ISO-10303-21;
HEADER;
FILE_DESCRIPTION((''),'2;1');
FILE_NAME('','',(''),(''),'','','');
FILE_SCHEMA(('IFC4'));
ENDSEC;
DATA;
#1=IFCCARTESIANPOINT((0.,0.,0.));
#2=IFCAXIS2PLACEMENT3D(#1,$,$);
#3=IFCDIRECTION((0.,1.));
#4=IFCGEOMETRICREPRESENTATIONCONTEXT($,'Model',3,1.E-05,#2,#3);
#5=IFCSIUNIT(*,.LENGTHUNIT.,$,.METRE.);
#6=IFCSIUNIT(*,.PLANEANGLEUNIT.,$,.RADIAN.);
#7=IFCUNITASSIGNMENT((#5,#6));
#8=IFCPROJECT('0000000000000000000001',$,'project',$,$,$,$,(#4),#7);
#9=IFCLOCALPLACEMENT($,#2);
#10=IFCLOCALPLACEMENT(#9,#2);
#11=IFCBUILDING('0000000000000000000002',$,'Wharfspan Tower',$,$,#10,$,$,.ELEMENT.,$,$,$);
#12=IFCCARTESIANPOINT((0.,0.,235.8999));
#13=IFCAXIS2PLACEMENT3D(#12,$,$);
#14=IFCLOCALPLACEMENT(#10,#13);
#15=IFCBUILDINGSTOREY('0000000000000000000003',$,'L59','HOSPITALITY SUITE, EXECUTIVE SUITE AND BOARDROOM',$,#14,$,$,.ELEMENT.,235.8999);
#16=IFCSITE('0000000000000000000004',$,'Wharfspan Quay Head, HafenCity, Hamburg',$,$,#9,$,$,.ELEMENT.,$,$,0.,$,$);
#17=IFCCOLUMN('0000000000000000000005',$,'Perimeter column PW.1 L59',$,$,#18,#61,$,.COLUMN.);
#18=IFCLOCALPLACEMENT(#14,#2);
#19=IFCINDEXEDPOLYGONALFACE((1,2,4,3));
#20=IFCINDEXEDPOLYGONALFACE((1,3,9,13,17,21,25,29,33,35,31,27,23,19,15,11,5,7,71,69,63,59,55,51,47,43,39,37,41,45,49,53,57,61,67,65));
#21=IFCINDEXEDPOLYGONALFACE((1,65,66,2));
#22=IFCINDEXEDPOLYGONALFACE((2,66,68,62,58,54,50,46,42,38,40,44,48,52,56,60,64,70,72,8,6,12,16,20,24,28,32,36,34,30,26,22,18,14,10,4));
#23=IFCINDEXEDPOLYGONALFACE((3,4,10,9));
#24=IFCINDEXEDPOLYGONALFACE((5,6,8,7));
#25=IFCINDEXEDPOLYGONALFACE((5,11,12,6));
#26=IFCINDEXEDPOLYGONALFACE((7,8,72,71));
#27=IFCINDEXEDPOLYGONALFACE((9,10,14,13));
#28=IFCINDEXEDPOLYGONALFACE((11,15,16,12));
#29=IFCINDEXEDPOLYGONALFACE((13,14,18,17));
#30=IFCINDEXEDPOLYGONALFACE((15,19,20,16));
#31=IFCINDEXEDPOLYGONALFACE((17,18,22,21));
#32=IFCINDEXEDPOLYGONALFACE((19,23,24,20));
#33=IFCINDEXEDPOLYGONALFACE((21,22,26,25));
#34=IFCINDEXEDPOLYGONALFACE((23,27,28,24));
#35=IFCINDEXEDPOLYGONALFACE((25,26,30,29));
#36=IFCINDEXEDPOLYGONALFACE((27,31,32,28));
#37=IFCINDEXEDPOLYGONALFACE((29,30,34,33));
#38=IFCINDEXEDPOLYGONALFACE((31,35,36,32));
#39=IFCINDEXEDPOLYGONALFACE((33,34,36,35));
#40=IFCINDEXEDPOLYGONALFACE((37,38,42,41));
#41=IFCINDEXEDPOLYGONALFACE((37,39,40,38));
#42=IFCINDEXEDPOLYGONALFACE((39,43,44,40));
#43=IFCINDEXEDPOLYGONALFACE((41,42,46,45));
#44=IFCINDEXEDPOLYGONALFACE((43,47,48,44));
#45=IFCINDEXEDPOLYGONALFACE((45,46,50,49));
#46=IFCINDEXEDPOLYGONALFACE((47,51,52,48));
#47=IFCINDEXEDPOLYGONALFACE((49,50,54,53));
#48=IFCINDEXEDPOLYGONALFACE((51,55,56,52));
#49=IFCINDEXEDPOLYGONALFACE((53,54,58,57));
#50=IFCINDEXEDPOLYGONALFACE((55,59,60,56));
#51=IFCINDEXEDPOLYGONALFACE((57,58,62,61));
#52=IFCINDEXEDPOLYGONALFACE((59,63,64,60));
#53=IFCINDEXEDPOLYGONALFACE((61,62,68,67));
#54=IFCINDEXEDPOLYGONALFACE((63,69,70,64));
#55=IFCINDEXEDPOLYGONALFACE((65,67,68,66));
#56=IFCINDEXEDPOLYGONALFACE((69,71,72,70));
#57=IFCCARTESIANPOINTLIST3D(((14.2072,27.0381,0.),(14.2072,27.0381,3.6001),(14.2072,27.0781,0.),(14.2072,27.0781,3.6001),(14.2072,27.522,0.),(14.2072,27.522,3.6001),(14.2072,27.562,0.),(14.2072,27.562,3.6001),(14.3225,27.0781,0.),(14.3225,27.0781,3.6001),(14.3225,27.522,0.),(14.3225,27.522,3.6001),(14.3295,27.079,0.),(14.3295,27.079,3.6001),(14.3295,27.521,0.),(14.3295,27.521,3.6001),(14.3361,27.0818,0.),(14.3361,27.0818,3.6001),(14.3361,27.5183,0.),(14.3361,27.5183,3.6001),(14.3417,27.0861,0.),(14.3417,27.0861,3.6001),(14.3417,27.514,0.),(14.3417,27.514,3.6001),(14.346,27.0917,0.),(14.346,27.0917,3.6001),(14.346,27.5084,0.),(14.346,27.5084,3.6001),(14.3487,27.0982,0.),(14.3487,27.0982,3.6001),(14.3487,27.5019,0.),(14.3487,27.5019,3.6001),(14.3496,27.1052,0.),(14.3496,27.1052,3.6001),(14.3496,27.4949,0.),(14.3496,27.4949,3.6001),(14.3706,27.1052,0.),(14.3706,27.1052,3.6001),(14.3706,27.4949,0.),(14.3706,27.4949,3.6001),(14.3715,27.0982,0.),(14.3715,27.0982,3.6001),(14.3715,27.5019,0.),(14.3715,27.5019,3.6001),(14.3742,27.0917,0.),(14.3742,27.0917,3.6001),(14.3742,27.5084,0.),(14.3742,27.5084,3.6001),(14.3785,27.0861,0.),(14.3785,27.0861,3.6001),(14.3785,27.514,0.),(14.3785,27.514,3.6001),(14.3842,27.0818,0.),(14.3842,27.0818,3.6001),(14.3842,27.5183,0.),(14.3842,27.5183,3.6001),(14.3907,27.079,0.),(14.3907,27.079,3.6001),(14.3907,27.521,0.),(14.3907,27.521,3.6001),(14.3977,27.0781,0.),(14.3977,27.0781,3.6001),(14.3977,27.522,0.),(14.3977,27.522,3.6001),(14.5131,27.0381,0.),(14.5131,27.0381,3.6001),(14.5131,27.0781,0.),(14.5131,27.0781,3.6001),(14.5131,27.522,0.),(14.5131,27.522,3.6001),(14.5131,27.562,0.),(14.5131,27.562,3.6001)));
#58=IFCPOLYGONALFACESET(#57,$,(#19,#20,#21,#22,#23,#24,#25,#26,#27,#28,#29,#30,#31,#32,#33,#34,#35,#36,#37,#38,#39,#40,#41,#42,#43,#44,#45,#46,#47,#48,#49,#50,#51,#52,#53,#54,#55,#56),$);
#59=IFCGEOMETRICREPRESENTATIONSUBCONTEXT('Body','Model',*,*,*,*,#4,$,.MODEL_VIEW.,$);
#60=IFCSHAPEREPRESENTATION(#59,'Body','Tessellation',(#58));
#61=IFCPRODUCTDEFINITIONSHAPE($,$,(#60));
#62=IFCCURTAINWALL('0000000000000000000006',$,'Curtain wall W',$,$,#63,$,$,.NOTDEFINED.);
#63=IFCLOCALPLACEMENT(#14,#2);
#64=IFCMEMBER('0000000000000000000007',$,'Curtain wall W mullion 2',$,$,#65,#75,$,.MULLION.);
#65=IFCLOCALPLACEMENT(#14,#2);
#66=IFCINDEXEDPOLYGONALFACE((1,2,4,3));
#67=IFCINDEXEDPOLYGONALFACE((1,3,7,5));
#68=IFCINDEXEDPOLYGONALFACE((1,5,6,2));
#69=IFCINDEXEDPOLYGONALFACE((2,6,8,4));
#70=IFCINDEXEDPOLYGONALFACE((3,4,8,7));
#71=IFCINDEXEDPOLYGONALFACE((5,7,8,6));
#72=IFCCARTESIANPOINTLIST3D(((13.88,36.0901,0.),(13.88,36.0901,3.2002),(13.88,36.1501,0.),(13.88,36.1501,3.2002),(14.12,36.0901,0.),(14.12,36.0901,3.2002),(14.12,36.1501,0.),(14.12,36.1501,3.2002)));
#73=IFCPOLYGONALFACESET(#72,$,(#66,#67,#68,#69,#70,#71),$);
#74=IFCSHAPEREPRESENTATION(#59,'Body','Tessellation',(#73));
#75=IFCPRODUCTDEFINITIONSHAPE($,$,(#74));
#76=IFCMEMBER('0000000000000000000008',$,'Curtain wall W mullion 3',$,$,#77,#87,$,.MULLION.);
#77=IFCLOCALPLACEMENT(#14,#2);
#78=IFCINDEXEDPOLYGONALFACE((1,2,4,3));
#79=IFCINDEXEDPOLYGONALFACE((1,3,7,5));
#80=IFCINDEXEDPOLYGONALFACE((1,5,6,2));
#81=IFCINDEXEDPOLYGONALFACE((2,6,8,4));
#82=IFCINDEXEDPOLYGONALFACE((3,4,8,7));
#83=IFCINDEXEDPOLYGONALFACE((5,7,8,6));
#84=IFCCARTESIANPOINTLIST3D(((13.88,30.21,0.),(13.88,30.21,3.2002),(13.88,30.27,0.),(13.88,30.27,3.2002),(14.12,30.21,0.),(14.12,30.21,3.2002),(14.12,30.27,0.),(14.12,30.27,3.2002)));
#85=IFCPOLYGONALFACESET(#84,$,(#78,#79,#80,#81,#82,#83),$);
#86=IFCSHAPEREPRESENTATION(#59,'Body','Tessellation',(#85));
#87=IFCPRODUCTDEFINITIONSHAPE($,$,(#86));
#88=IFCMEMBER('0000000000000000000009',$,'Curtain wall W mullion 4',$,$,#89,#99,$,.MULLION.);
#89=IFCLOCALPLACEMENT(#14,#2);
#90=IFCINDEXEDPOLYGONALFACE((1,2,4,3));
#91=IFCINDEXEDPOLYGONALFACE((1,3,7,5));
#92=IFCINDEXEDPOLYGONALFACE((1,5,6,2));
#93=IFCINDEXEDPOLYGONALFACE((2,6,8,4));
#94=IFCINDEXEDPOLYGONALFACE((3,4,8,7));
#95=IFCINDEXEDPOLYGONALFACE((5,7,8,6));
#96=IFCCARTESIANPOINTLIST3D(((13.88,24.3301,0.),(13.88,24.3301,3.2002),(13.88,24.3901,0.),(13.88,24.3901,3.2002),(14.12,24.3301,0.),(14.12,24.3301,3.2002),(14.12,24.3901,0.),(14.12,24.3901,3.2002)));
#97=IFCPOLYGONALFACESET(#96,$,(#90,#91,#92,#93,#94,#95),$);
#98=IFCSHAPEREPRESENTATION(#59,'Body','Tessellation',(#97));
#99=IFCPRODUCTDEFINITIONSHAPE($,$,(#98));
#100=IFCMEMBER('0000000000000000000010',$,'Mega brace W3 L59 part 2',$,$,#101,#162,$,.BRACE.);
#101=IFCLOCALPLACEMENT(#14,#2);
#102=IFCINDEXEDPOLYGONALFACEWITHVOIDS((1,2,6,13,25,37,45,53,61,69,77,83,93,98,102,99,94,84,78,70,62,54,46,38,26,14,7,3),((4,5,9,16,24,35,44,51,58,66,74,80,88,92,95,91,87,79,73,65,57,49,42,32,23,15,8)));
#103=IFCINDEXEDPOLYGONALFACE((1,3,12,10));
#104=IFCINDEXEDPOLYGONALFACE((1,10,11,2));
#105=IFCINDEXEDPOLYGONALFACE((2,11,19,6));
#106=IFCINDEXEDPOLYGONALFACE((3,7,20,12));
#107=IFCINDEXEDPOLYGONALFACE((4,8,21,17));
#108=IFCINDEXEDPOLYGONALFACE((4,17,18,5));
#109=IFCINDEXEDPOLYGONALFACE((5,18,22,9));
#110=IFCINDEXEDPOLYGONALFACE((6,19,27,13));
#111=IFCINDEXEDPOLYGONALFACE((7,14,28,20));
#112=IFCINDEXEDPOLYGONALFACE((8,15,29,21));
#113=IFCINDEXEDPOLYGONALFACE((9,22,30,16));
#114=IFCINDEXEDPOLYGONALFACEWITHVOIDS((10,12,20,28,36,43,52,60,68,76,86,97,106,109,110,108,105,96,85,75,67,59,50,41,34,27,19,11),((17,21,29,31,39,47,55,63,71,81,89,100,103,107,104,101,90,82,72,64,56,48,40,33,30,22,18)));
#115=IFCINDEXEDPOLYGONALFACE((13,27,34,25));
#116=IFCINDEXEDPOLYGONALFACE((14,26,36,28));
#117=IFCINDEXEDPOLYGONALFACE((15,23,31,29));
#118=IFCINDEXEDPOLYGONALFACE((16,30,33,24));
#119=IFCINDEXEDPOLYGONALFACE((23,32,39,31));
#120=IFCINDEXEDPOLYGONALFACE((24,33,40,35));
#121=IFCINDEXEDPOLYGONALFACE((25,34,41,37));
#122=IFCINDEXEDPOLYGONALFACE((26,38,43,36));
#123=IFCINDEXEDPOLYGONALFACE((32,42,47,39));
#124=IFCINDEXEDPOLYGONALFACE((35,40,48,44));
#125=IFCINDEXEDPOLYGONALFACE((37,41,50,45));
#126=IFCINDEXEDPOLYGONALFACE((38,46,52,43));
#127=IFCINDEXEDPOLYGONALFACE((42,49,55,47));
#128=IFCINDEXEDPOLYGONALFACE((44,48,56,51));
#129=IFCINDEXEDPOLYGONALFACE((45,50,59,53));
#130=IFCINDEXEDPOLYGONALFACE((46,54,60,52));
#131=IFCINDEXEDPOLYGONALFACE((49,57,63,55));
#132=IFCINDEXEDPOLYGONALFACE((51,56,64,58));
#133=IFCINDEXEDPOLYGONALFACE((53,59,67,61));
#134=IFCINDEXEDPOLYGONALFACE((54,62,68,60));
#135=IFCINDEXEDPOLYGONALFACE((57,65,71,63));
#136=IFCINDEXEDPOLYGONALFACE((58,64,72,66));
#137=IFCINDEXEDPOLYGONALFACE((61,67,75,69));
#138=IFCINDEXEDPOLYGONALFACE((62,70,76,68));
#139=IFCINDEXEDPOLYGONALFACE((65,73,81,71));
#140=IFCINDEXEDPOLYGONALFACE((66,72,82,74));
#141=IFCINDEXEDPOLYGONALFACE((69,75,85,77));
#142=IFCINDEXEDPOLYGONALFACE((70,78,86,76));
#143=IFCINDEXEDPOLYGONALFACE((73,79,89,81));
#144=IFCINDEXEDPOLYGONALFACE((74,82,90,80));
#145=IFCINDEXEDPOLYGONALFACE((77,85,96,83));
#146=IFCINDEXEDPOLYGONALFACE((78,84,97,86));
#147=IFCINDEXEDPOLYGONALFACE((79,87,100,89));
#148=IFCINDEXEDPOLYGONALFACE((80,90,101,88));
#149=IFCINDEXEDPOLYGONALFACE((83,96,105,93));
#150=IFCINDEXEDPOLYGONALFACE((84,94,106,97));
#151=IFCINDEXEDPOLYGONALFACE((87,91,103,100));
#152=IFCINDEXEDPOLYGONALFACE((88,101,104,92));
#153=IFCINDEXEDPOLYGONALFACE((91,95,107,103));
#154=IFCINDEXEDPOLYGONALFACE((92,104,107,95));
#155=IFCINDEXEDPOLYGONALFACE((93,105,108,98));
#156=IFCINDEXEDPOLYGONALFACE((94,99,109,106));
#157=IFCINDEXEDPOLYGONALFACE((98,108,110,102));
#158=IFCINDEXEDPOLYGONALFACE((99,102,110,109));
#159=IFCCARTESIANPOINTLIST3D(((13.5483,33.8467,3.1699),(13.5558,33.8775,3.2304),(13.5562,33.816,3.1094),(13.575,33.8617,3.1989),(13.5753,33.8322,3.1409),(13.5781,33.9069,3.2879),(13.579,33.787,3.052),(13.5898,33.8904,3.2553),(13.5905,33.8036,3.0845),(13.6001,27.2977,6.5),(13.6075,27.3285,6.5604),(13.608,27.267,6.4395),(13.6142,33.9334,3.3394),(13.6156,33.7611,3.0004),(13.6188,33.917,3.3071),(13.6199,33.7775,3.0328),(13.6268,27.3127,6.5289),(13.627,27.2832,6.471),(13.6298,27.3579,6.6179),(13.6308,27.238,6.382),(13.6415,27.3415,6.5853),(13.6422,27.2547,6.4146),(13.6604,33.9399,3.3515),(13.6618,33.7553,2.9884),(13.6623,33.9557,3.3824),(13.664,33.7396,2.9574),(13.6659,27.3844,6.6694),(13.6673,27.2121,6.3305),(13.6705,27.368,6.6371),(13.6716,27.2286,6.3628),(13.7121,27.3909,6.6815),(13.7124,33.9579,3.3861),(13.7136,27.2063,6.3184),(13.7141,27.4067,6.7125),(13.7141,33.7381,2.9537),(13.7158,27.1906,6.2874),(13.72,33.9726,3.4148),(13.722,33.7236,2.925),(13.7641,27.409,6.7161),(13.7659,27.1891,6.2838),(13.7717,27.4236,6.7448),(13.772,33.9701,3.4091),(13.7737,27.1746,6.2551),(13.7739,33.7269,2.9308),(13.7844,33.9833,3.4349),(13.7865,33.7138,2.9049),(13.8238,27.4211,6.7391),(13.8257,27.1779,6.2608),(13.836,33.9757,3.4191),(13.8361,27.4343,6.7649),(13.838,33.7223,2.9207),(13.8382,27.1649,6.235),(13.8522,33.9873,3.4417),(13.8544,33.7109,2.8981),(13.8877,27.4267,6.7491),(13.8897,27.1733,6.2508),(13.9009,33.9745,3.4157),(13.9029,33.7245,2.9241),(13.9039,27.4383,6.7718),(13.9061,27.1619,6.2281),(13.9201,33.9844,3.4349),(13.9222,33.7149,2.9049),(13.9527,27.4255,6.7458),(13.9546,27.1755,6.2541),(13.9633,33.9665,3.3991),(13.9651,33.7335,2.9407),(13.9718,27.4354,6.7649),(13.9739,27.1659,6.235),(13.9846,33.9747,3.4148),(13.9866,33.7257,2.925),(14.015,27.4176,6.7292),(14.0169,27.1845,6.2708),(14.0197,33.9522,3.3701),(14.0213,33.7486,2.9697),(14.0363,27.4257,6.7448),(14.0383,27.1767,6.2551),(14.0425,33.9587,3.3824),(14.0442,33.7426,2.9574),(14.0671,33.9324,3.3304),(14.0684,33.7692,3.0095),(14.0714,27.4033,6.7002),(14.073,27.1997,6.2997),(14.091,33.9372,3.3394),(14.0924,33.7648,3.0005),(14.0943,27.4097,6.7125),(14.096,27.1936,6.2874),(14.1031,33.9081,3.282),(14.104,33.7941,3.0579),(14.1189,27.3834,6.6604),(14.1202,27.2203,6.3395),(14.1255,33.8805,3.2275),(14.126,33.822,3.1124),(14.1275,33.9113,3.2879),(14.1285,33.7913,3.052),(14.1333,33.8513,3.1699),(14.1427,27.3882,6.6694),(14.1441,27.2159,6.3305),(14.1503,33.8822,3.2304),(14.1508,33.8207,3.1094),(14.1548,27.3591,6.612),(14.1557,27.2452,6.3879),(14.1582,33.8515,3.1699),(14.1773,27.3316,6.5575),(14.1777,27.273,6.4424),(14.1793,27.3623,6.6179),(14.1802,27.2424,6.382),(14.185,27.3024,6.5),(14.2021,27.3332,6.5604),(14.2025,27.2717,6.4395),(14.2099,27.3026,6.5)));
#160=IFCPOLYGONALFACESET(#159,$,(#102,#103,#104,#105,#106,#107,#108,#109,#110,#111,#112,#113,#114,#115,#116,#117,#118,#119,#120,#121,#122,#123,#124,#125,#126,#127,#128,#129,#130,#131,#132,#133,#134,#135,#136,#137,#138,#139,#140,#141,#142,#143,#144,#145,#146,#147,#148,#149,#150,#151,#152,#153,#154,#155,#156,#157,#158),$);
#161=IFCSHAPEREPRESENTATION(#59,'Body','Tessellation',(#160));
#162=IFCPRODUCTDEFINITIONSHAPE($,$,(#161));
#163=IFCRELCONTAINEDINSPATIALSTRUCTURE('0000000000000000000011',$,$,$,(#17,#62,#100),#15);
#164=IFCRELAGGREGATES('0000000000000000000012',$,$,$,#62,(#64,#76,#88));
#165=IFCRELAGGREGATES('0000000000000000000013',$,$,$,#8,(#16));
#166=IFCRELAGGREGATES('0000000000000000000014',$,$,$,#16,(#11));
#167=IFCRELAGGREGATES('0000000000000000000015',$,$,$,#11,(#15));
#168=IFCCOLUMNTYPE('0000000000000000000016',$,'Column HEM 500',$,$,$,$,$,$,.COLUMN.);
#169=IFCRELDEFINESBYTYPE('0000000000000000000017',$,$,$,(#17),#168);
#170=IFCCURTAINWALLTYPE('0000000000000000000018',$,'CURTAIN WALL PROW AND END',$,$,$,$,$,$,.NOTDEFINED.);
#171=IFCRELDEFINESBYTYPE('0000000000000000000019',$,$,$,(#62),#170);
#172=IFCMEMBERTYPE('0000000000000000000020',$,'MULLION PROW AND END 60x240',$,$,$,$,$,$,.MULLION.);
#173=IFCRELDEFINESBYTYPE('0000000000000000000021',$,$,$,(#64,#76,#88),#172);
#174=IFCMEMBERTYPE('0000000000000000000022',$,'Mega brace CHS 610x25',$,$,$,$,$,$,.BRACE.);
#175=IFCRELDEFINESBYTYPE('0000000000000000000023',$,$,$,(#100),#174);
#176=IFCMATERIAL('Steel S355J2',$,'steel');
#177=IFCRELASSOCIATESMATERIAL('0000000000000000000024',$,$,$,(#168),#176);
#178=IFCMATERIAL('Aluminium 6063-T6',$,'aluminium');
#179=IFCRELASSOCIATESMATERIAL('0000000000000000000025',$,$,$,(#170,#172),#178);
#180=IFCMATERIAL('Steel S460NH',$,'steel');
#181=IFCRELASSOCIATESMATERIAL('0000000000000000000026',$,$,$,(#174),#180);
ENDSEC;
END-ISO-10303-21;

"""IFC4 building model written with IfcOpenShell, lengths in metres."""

from ifc_helpers import new_model, si_unit, direction, frame, origin, origin_2d, place, context, subcontext, project, spatial, rectangle, hollow_circle, i_section, extrude, material, material_profile, profile_set, type_object, element, aggregate, save


model = new_model("IFC4")

# Units and contexts
model_context = context("Model", 3, precision=1e-05, world=origin(), true_north=direction((0.0, 1.0)))
body_context = subcontext(model_context, "Body", "Model", "MODEL_VIEW")
ifc_project = project(units=[si_unit("LENGTHUNIT", "METRE"), si_unit("PLANEANGLEUNIT", "RADIAN")], contexts=[model_context])

# Site, building, storey
site_placement = place(None, origin())
site = spatial("IfcSite", under=ifc_project, at=site_placement, Name="Wharfspan Quay Head, HafenCity, Hamburg", CompositionType="ELEMENT", RefElevation=0.0)
building_placement = place(site_placement, origin())
building = spatial("IfcBuilding", under=site, at=building_placement, Name="Wharfspan Tower", CompositionType="ELEMENT")
storey_placement = place(building_placement, frame((0.0, 0.0, 235.8999)))
storey = spatial("IfcBuildingStorey", under=building, at=storey_placement, Name="L59", Description="HOSPITALITY SUITE, EXECUTIVE SUITE AND BOARDROOM", CompositionType="ELEMENT", Elevation=235.8999)

# Column
ifc_material_1 = material(Name="Steel S355J2", Category="steel")
ifc_material_profile_1 = material_profile(ifc_material_1, i_section(OverallWidth=0.3059, OverallDepth=0.5239, WebThickness=0.021, FlangeThickness=0.04, FilletRadius=0.0271, at=origin_2d()))
ifc_profile_set_1 = profile_set([ifc_material_profile_1], Name="Steel S355J2")
column_type = type_object("IfcColumnType", Name="Column HEM 500", PredefinedType="COLUMN", material=ifc_profile_set_1)
column_placement = place(storey_placement, frame((14.3601, 27.3, 0.0), z_axis=(0.0, 0.0, 1.0), x_axis=(-1.0, 0.0, 0.0)))
element("IfcColumn", 1, at=column_placement, inside=storey, type_object=column_type, Name="Perimeter column PW.1 L59", PredefinedType="COLUMN", context=body_context, shape_type="SweptSolid", body=[
    extrude(i_section(OverallWidth=0.3059, OverallDepth=0.5239, WebThickness=0.021, FlangeThickness=0.04, FilletRadius=0.0271, at=origin_2d()), origin(), (0.0, 0.0, 1.0), 3.6001),
])

# Curtain wall, members
ifc_material_2 = material(Name="Aluminium 6063-T6", Category="aluminium")
curtain_wall_type = type_object("IfcCurtainWallType", Name="CURTAIN WALL PROW AND END", PredefinedType="NOTDEFINED", material=ifc_material_2)
curtain_wall_placement = place(storey_placement, origin())
curtain_wall = element("IfcCurtainWall", 2, at=curtain_wall_placement, inside=storey, type_object=curtain_wall_type, Name="Curtain wall W", PredefinedType="NOTDEFINED")
ifc_material_profile_2 = material_profile(ifc_material_2, rectangle(XDim=0.24, YDim=0.0601, at=origin_2d()))
ifc_profile_set_2 = profile_set([ifc_material_profile_2], Name="Aluminium 6063-T6")
member_type_1 = type_object("IfcMemberType", Name="MULLION PROW AND END 60x240", PredefinedType="MULLION", material=ifc_profile_set_2)
member_1_placement = place(storey_placement, frame((14.0, 36.1201, 0.0), z_axis=(0.0, 0.0, 1.0), x_axis=(1.0, 0.0, 0.0)))
member_1 = element("IfcMember", 3, at=member_1_placement, type_object=member_type_1, Name="Curtain wall W mullion 2", PredefinedType="MULLION", context=body_context, shape_type="SweptSolid", body=[
    extrude(rectangle(XDim=0.24, YDim=0.0601, at=origin_2d()), origin(), (0.0, 0.0, 1.0), 3.2002),
])
member_2_placement = place(storey_placement, frame((14.0, 30.24, 0.0), z_axis=(0.0, 0.0, 1.0), x_axis=(1.0, 0.0, 0.0)))
member_2 = element("IfcMember", 4, at=member_2_placement, type_object=member_type_1, Name="Curtain wall W mullion 3", PredefinedType="MULLION", context=body_context, shape_type="SweptSolid", body=[
    extrude(rectangle(XDim=0.24, YDim=0.0601, at=origin_2d()), origin(), (0.0, 0.0, 1.0), 3.2002),
])
member_3_placement = place(storey_placement, frame((14.0, 24.3601, 0.0), z_axis=(0.0, 0.0, 1.0), x_axis=(1.0, 0.0, 0.0)))
member_3 = element("IfcMember", 5, at=member_3_placement, type_object=member_type_1, Name="Curtain wall W mullion 4", PredefinedType="MULLION", context=body_context, shape_type="SweptSolid", body=[
    extrude(rectangle(XDim=0.24, YDim=0.0601, at=origin_2d()), origin(), (0.0, 0.0, 1.0), 3.2002),
])

# Member
ifc_material_3 = material(Name="Steel S460NH", Category="steel")
ifc_material_profile_3 = material_profile(ifc_material_3, hollow_circle(Radius=0.3049, WallThickness=0.0249, at=origin_2d()))
ifc_profile_set_3 = profile_set([ifc_material_profile_3], Name="Steel S460NH")
member_type_2 = type_object("IfcMemberType", Name="Mega brace CHS 610x25", PredefinedType="BRACE", material=ifc_profile_set_3)
for number, where, z_axis, x_axis, name in (
    (6, (13.8533, 33.8491, 3.1699), (0.007044, -0.891361, 0.45324), (0.999973, 0.007904, 0.000003), "Mega brace W3 L59 part 2"),
):
    element("IfcMember", number, at=place(storey_placement, frame(where, z_axis=z_axis, x_axis=x_axis)), inside=storey, type_object=member_type_2, Name=name, PredefinedType="BRACE", context=body_context, shape_type="SweptSolid", body=[
        extrude(hollow_circle(Radius=0.3049, WallThickness=0.0249, at=origin_2d()), origin(), (0.0, 0.0, 1.0), 7.3472),
    ])

aggregate(curtain_wall, [member_1, member_2, member_3])

save(model, "model.ifc")
